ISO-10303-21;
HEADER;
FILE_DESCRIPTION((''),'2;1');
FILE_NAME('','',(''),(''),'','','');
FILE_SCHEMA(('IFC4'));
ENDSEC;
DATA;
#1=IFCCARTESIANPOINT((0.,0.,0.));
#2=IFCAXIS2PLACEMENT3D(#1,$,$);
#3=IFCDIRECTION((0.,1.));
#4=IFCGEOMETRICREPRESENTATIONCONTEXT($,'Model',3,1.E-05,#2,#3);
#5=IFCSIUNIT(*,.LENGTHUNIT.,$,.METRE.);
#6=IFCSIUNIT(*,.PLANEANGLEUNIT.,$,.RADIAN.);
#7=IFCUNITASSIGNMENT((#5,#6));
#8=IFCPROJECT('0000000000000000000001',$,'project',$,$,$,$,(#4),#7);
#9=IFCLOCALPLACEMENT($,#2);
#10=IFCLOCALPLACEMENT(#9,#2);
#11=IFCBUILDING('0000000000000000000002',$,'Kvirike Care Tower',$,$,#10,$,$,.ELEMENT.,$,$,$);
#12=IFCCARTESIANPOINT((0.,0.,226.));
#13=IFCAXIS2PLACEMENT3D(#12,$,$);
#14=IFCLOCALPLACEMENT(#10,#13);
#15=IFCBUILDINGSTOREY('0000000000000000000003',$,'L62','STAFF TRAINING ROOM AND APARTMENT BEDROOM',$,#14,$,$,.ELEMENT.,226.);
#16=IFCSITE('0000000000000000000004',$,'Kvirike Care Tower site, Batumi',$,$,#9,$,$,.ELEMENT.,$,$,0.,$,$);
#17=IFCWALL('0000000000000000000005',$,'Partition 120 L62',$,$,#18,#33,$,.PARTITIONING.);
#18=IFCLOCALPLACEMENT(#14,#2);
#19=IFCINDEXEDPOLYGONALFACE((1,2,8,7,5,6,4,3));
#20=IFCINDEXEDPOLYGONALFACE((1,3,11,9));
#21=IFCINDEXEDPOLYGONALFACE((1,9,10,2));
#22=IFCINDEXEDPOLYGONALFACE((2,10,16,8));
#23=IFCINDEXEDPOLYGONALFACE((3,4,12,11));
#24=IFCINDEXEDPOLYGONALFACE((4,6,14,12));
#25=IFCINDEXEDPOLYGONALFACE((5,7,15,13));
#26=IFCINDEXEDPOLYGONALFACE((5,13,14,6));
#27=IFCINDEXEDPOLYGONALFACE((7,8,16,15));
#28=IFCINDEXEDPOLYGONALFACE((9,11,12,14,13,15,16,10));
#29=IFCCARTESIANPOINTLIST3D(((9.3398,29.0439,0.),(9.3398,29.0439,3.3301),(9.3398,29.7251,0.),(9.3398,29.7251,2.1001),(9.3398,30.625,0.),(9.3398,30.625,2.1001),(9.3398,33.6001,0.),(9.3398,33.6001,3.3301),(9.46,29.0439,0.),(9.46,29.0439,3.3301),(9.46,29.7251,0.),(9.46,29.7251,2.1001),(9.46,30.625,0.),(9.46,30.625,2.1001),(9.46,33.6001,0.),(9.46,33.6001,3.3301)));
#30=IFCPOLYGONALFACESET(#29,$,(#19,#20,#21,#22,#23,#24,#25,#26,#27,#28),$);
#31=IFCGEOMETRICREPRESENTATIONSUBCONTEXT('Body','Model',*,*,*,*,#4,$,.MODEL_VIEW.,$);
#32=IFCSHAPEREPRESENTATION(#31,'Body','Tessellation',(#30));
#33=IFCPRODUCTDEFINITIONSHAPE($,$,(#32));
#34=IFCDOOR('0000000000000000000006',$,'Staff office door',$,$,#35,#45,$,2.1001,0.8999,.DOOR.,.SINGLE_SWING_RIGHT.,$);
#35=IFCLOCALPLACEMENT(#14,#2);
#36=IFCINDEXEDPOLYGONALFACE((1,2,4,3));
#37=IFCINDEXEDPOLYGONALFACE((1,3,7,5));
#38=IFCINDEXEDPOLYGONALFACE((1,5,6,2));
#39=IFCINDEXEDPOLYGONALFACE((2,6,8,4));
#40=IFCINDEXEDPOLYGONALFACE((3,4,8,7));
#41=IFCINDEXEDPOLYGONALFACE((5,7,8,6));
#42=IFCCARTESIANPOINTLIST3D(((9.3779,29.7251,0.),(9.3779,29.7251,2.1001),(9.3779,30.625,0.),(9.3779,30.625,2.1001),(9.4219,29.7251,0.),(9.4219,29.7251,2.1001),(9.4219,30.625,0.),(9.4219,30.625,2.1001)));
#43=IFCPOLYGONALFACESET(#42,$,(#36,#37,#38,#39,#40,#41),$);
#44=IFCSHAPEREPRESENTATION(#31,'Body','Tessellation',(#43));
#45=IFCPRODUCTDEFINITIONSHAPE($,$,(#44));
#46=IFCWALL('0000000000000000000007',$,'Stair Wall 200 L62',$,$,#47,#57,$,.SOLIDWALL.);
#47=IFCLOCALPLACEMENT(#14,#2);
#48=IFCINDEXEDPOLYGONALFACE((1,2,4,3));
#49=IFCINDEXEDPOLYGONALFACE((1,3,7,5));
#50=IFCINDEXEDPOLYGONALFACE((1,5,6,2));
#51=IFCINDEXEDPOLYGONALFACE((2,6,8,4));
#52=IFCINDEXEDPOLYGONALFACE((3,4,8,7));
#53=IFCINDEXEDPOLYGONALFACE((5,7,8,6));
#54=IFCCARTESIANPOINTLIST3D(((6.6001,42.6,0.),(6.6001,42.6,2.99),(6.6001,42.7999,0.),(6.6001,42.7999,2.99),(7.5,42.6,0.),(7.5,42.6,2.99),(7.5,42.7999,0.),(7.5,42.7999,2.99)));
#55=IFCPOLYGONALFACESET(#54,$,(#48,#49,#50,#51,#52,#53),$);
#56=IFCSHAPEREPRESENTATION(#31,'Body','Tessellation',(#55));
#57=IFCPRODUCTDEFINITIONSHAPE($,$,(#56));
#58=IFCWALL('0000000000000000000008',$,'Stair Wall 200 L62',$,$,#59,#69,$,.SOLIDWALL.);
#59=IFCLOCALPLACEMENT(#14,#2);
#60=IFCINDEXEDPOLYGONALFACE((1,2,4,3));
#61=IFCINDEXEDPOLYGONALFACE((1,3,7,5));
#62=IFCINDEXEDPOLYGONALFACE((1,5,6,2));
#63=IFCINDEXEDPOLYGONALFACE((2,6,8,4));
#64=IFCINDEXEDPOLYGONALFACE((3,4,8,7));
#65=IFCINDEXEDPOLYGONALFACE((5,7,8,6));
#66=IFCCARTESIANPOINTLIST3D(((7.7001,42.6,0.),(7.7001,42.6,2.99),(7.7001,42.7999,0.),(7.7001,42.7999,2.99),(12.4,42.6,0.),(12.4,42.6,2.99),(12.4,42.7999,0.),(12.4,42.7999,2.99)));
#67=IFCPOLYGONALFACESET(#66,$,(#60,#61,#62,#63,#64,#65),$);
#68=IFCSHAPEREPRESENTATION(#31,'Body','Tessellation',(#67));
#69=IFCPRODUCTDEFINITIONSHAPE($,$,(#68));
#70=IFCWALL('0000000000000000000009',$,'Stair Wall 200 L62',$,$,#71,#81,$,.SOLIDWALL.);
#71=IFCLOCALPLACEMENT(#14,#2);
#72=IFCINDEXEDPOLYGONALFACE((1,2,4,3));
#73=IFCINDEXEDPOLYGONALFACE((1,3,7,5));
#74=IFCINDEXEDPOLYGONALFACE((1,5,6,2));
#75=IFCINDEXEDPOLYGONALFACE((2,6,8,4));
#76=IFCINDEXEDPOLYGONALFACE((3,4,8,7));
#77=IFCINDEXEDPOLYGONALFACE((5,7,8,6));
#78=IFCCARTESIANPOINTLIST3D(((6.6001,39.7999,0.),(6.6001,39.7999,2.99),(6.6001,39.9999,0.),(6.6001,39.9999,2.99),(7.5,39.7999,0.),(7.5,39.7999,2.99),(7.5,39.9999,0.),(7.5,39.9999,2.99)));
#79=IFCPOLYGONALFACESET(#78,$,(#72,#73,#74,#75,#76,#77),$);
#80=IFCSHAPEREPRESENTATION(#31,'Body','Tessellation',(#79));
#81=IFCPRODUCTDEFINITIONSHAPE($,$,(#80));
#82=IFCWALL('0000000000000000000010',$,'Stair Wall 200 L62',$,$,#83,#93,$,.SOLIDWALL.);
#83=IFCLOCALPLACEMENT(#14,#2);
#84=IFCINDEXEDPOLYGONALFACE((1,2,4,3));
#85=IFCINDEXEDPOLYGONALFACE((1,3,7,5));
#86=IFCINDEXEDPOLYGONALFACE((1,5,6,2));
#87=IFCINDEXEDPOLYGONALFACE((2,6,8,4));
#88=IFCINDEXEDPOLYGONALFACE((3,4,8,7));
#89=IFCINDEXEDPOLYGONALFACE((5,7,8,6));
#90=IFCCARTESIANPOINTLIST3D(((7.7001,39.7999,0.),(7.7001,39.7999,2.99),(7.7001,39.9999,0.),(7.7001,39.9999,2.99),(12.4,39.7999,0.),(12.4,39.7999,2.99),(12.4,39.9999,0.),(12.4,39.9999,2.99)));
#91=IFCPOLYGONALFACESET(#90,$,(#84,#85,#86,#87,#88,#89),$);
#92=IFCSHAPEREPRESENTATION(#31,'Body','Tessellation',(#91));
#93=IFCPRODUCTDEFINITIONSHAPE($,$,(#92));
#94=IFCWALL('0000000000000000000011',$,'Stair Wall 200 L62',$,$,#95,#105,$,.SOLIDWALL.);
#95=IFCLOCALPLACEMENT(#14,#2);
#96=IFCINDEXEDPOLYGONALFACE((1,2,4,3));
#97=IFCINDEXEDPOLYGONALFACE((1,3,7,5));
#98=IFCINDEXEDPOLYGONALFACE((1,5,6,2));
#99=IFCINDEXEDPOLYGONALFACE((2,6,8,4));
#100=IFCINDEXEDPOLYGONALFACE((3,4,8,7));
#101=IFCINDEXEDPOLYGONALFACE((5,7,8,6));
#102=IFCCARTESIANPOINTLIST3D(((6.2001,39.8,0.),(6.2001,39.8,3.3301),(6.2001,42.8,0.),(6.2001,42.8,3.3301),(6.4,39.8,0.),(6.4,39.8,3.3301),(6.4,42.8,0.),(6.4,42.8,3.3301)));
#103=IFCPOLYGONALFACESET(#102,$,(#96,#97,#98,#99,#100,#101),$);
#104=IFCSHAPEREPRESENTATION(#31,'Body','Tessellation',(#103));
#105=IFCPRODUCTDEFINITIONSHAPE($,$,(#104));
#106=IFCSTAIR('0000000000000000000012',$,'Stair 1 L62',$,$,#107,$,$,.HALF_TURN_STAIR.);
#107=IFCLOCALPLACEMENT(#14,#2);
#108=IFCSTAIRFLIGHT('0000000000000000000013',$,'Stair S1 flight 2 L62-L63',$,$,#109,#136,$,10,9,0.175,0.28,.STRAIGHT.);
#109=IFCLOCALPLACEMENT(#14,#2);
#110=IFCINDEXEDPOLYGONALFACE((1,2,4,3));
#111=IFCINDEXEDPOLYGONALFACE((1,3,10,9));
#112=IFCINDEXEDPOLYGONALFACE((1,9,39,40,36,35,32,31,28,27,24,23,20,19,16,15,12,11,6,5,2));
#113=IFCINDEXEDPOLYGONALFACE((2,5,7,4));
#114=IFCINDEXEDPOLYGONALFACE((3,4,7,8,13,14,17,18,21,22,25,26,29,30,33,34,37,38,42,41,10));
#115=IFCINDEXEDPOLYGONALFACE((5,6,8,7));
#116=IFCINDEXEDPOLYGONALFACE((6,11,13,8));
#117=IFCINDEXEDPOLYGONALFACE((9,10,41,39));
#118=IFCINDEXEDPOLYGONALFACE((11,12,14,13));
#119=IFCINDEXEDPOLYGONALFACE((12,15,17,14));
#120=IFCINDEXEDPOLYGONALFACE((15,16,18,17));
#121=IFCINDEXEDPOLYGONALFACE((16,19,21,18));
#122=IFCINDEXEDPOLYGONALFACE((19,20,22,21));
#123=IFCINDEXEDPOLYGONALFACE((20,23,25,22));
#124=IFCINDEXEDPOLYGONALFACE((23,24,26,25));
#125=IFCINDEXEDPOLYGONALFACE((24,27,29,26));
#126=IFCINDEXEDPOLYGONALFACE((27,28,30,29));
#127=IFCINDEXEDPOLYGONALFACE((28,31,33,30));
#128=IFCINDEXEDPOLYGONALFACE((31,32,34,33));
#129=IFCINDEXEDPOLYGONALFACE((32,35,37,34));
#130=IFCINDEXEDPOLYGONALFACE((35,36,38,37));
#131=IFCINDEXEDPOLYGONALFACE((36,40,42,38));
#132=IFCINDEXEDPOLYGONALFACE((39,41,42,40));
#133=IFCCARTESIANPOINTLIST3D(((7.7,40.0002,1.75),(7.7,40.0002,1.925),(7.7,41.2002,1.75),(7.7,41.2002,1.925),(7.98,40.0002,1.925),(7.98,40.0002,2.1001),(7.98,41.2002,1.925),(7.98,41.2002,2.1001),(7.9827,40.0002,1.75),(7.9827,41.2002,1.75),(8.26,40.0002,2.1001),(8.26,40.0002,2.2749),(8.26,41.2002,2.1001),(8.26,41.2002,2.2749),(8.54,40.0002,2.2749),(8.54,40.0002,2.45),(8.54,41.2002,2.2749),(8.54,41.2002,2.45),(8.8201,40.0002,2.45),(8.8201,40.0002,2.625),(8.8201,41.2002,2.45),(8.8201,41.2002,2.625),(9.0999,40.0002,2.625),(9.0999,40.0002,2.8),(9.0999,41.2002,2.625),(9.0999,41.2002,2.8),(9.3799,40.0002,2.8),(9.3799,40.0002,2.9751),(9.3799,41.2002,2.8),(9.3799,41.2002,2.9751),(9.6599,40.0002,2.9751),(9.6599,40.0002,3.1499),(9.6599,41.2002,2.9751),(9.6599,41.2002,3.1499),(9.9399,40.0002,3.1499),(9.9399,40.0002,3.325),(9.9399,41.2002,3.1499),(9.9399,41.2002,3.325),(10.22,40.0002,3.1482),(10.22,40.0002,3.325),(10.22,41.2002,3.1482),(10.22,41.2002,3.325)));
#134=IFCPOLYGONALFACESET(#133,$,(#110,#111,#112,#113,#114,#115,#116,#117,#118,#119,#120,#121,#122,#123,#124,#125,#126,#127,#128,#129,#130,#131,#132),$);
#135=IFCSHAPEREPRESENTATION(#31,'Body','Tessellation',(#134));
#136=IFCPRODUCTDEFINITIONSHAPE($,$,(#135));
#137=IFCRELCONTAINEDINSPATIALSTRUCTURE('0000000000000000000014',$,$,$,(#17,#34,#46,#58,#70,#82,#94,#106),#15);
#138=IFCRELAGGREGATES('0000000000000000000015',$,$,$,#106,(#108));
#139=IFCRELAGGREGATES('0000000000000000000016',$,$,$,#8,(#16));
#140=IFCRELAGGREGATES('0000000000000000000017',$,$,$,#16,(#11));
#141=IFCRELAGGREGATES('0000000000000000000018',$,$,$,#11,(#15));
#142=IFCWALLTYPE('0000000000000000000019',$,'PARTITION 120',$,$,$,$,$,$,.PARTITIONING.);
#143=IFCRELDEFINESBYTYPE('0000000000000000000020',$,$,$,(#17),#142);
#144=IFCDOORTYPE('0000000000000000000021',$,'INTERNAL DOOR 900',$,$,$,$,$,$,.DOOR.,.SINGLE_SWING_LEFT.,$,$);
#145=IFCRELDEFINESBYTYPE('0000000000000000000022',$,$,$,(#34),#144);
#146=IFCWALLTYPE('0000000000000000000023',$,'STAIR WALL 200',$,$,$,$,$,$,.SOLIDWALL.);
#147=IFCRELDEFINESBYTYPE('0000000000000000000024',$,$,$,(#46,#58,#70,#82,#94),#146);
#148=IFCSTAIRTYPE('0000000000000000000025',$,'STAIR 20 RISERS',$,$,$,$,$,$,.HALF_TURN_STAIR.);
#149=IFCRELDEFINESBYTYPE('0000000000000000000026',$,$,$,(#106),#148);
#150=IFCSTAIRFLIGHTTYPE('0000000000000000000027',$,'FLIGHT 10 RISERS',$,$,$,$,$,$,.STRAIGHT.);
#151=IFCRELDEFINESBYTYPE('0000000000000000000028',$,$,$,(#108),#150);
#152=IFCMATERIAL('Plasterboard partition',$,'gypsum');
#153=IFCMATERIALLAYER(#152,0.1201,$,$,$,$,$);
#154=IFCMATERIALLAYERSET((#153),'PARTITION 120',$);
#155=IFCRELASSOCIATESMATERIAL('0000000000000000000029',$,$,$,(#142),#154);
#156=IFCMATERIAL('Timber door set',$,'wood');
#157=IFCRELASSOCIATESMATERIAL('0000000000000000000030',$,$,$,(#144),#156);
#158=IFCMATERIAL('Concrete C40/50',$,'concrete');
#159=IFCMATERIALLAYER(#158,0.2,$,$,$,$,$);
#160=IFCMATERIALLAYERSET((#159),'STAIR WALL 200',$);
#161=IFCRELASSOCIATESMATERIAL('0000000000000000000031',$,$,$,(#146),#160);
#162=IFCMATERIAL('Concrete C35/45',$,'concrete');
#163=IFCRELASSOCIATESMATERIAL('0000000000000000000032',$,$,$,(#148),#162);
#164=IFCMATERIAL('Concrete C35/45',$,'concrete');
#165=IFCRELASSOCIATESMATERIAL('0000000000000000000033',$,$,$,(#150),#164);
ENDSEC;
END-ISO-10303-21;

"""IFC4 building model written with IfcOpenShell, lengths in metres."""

from ifc_helpers import new_model, si_unit, direction, frame, frame_2d, origin, place, context, subcontext, project, spatial, polyline, rectangle, outline, extrude, material, layer, layer_set, type_object, element, fill, aggregate, save


model = new_model("IFC4")

# Units and contexts
model_context = context("Model", 3, precision=1e-05, world=origin(), true_north=direction((0.0, 1.0)))
body_context = subcontext(model_context, "Body", "Model", "MODEL_VIEW")
ifc_project = project(units=[si_unit("LENGTHUNIT", "METRE"), si_unit("PLANEANGLEUNIT", "RADIAN")], contexts=[model_context])

# Site, building, storey
site_placement = place(None, origin())
site = spatial("IfcSite", under=ifc_project, at=site_placement, Name="Kvirike Care Tower site, Batumi", CompositionType="ELEMENT", RefElevation=0.0)
building_placement = place(site_placement, origin())
building = spatial("IfcBuilding", under=site, at=building_placement, Name="Kvirike Care Tower", CompositionType="ELEMENT")
storey_placement = place(building_placement, frame((0.0, 0.0, 226.0)))
storey = spatial("IfcBuildingStorey", under=building, at=storey_placement, Name="L62", Description="STAFF TRAINING ROOM AND APARTMENT BEDROOM", CompositionType="ELEMENT", Elevation=226.0)

# Wall, opening, door
ifc_material_1 = material(Name="Plasterboard partition", Category="gypsum")
ifc_layer_1 = layer(ifc_material_1, 0.1201)
ifc_layer_set_1 = layer_set([ifc_layer_1], Name="PARTITION 120")
wall_type_1 = type_object("IfcWallType", Name="PARTITION 120", PredefinedType="PARTITIONING", material=ifc_layer_set_1)
ifc_material_2 = material(Name="Timber door set", Category="wood")
door_type = type_object("IfcDoorType", Name="INTERNAL DOOR 900", OperationType="SINGLE_SWING_LEFT", PredefinedType="DOOR", material=ifc_material_2)
wall_1_placement = place(storey_placement, frame((9.3999, 33.6001, 0.0), z_axis=(0.0, 0.0, 1.0), x_axis=(0.0, -1.0, 0.0)))
wall_1 = element("IfcWall", 1, at=wall_1_placement, inside=storey, type_object=wall_type_1, Name="Partition 120 L62", PredefinedType="PARTITIONING", context=body_context, shape_type="SweptSolid", body=[
    extrude(rectangle(XDim=4.5562, YDim=0.1201, at=frame_2d((2.2781, 0.0))), origin(), (0.0, 0.0, 1.0), 3.3301),
])
opening_1_placement = place(wall_1_placement, frame((2.9751, 0.0, 0.0)))
opening_1 = element("IfcOpeningElement", 2, at=opening_1_placement, cuts=wall_1, PredefinedType="OPENING", context=body_context, shape_type="SweptSolid", body=[
    extrude(rectangle(XDim=0.8999, YDim=2.1001, at=frame_2d((0.45, 1.05))), frame((0.0, 0.0706, 0.0), z_axis=(0.0, -1.0, 0.0), x_axis=(1.0, 0.0, 0.0)), (0.0, 0.0, 1.0), 0.1411),
])
door_1_placement = place(opening_1_placement, origin())
door_1 = element("IfcDoor", 3, at=door_1_placement, inside=storey, type_object=door_type, Name="Staff office door", OperationType="SINGLE_SWING_RIGHT", OverallHeight=2.1001, OverallWidth=0.8999, PredefinedType="DOOR", context=body_context, shape_type="SweptSolid", body=[
    extrude(rectangle(XDim=0.8999, YDim=2.1001, at=frame_2d((0.45, 1.05))), frame((0.0, 0.022, 0.0), z_axis=(0.0, -1.0, 0.0), x_axis=(1.0, 0.0, 0.0)), (0.0, 0.0, 1.0), 0.0439),
])
fill(opening_1, door_1)

# Walls
ifc_material_3 = material(Name="Concrete C40/50", Category="concrete")
ifc_layer_2 = layer(ifc_material_3, 0.2)
ifc_layer_set_2 = layer_set([ifc_layer_2], Name="STAIR WALL 200")
wall_type_2 = type_object("IfcWallType", Name="STAIR WALL 200", PredefinedType="SOLIDWALL", material=ifc_layer_set_2)
wall_2_placement = place(storey_placement, frame((6.6001, 42.7, 0.0), z_axis=(0.0, 0.0, 1.0), x_axis=(1.0, 0.0, 0.0)))
element("IfcWall", 4, at=wall_2_placement, inside=storey, type_object=wall_type_2, Name="Stair Wall 200 L62", PredefinedType="SOLIDWALL", context=body_context, shape_type="SweptSolid", body=[
    extrude(rectangle(XDim=0.8999, YDim=0.2, at=frame_2d((0.45, 0.0))), origin(), (0.0, 0.0, 1.0), 2.99),
])
wall_3_placement = place(storey_placement, frame((7.7, 42.7, 0.0), z_axis=(0.0, 0.0, 1.0), x_axis=(1.0, 0.0, 0.0)))
element("IfcWall", 5, at=wall_3_placement, inside=storey, type_object=wall_type_2, Name="Stair Wall 200 L62", PredefinedType="SOLIDWALL", context=body_context, shape_type="SweptSolid", body=[
    extrude(rectangle(XDim=4.7, YDim=0.2, at=frame_2d((2.3501, 0.0))), origin(), (0.0, 0.0, 1.0), 2.99),
])
wall_4_placement = place(storey_placement, frame((6.6001, 39.8999, 0.0), z_axis=(0.0, 0.0, 1.0), x_axis=(1.0, 0.0, 0.0)))
element("IfcWall", 6, at=wall_4_placement, inside=storey, type_object=wall_type_2, Name="Stair Wall 200 L62", PredefinedType="SOLIDWALL", context=body_context, shape_type="SweptSolid", body=[
    extrude(rectangle(XDim=0.8999, YDim=0.2, at=frame_2d((0.45, 0.0))), origin(), (0.0, 0.0, 1.0), 2.99),
])
wall_5_placement = place(storey_placement, frame((7.7, 39.8999, 0.0), z_axis=(0.0, 0.0, 1.0), x_axis=(1.0, 0.0, 0.0)))
element("IfcWall", 7, at=wall_5_placement, inside=storey, type_object=wall_type_2, Name="Stair Wall 200 L62", PredefinedType="SOLIDWALL", context=body_context, shape_type="SweptSolid", body=[
    extrude(rectangle(XDim=4.7, YDim=0.2, at=frame_2d((2.3501, 0.0))), origin(), (0.0, 0.0, 1.0), 2.99),
])
wall_6_placement = place(storey_placement, frame((6.3, 42.8, 0.0), z_axis=(0.0, 0.0, 1.0), x_axis=(0.0, -1.0, 0.0)))
element("IfcWall", 8, at=wall_6_placement, inside=storey, type_object=wall_type_2, Name="Stair Wall 200 L62", PredefinedType="SOLIDWALL", context=body_context, shape_type="SweptSolid", body=[
    extrude(rectangle(XDim=3.0, YDim=0.2, at=frame_2d((1.5, 0.0))), origin(), (0.0, 0.0, 1.0), 3.3301),
])

# Stair, stair flight
ifc_material_4 = material(Name="Concrete C35/45", Category="concrete")
stair_type = type_object("IfcStairType", Name="STAIR 20 RISERS", PredefinedType="HALF_TURN_STAIR", material=ifc_material_4)
stair_placement = place(storey_placement, origin())
stair = element("IfcStair", 9, at=stair_placement, inside=storey, type_object=stair_type, Name="Stair 1 L62", PredefinedType="HALF_TURN_STAIR")
ifc_material_5 = material(Name="Concrete C35/45", Category="concrete")
stair_flight_type = type_object("IfcStairFlightType", Name="FLIGHT 10 RISERS", PredefinedType="STRAIGHT", material=ifc_material_5)
stair_flight_placement = place(storey_placement, frame((7.7, 40.6001, 1.75), z_axis=(0.0, 0.0, 1.0), x_axis=(1.0, 0.0, 0.0)))
stair_flight = element("IfcStairFlight", 10, at=stair_flight_placement, type_object=stair_flight_type, Name="Stair S1 flight 2 L62-L63", NumberOfRisers=10, NumberOfTreads=9, PredefinedType="STRAIGHT", RiserHeight=0.175, TreadLength=0.28, context=body_context, shape_type="SweptSolid", body=[
    extrude(outline(polyline([(0.0, 0.0), (0.0, 0.175), (0.28, 0.175), (0.28, 0.3501), (0.5601, 0.3501), (0.5601, 0.5249), (0.8401, 0.5249), (0.8401, 0.7), (1.1201, 0.7), (1.1201, 0.875), (1.3999, 0.875), (1.3999, 1.05), (1.6799, 1.05), (1.6799, 1.2251), (1.96, 1.2251), (1.96, 1.3999), (2.24, 1.3999), (2.24, 1.575), (2.52, 1.575), (2.52, 1.75), (2.52, 1.3982), (0.2827, 0.0), (0.0, 0.0)])), frame((0.0, 0.6001, 0.0), z_axis=(0.0, -1.0, 0.0), x_axis=(1.0, 0.0, 0.0)), (0.0, 0.0, 1.0), 1.2),
])
aggregate(stair, [stair_flight])

save(model, "model.ifc")
